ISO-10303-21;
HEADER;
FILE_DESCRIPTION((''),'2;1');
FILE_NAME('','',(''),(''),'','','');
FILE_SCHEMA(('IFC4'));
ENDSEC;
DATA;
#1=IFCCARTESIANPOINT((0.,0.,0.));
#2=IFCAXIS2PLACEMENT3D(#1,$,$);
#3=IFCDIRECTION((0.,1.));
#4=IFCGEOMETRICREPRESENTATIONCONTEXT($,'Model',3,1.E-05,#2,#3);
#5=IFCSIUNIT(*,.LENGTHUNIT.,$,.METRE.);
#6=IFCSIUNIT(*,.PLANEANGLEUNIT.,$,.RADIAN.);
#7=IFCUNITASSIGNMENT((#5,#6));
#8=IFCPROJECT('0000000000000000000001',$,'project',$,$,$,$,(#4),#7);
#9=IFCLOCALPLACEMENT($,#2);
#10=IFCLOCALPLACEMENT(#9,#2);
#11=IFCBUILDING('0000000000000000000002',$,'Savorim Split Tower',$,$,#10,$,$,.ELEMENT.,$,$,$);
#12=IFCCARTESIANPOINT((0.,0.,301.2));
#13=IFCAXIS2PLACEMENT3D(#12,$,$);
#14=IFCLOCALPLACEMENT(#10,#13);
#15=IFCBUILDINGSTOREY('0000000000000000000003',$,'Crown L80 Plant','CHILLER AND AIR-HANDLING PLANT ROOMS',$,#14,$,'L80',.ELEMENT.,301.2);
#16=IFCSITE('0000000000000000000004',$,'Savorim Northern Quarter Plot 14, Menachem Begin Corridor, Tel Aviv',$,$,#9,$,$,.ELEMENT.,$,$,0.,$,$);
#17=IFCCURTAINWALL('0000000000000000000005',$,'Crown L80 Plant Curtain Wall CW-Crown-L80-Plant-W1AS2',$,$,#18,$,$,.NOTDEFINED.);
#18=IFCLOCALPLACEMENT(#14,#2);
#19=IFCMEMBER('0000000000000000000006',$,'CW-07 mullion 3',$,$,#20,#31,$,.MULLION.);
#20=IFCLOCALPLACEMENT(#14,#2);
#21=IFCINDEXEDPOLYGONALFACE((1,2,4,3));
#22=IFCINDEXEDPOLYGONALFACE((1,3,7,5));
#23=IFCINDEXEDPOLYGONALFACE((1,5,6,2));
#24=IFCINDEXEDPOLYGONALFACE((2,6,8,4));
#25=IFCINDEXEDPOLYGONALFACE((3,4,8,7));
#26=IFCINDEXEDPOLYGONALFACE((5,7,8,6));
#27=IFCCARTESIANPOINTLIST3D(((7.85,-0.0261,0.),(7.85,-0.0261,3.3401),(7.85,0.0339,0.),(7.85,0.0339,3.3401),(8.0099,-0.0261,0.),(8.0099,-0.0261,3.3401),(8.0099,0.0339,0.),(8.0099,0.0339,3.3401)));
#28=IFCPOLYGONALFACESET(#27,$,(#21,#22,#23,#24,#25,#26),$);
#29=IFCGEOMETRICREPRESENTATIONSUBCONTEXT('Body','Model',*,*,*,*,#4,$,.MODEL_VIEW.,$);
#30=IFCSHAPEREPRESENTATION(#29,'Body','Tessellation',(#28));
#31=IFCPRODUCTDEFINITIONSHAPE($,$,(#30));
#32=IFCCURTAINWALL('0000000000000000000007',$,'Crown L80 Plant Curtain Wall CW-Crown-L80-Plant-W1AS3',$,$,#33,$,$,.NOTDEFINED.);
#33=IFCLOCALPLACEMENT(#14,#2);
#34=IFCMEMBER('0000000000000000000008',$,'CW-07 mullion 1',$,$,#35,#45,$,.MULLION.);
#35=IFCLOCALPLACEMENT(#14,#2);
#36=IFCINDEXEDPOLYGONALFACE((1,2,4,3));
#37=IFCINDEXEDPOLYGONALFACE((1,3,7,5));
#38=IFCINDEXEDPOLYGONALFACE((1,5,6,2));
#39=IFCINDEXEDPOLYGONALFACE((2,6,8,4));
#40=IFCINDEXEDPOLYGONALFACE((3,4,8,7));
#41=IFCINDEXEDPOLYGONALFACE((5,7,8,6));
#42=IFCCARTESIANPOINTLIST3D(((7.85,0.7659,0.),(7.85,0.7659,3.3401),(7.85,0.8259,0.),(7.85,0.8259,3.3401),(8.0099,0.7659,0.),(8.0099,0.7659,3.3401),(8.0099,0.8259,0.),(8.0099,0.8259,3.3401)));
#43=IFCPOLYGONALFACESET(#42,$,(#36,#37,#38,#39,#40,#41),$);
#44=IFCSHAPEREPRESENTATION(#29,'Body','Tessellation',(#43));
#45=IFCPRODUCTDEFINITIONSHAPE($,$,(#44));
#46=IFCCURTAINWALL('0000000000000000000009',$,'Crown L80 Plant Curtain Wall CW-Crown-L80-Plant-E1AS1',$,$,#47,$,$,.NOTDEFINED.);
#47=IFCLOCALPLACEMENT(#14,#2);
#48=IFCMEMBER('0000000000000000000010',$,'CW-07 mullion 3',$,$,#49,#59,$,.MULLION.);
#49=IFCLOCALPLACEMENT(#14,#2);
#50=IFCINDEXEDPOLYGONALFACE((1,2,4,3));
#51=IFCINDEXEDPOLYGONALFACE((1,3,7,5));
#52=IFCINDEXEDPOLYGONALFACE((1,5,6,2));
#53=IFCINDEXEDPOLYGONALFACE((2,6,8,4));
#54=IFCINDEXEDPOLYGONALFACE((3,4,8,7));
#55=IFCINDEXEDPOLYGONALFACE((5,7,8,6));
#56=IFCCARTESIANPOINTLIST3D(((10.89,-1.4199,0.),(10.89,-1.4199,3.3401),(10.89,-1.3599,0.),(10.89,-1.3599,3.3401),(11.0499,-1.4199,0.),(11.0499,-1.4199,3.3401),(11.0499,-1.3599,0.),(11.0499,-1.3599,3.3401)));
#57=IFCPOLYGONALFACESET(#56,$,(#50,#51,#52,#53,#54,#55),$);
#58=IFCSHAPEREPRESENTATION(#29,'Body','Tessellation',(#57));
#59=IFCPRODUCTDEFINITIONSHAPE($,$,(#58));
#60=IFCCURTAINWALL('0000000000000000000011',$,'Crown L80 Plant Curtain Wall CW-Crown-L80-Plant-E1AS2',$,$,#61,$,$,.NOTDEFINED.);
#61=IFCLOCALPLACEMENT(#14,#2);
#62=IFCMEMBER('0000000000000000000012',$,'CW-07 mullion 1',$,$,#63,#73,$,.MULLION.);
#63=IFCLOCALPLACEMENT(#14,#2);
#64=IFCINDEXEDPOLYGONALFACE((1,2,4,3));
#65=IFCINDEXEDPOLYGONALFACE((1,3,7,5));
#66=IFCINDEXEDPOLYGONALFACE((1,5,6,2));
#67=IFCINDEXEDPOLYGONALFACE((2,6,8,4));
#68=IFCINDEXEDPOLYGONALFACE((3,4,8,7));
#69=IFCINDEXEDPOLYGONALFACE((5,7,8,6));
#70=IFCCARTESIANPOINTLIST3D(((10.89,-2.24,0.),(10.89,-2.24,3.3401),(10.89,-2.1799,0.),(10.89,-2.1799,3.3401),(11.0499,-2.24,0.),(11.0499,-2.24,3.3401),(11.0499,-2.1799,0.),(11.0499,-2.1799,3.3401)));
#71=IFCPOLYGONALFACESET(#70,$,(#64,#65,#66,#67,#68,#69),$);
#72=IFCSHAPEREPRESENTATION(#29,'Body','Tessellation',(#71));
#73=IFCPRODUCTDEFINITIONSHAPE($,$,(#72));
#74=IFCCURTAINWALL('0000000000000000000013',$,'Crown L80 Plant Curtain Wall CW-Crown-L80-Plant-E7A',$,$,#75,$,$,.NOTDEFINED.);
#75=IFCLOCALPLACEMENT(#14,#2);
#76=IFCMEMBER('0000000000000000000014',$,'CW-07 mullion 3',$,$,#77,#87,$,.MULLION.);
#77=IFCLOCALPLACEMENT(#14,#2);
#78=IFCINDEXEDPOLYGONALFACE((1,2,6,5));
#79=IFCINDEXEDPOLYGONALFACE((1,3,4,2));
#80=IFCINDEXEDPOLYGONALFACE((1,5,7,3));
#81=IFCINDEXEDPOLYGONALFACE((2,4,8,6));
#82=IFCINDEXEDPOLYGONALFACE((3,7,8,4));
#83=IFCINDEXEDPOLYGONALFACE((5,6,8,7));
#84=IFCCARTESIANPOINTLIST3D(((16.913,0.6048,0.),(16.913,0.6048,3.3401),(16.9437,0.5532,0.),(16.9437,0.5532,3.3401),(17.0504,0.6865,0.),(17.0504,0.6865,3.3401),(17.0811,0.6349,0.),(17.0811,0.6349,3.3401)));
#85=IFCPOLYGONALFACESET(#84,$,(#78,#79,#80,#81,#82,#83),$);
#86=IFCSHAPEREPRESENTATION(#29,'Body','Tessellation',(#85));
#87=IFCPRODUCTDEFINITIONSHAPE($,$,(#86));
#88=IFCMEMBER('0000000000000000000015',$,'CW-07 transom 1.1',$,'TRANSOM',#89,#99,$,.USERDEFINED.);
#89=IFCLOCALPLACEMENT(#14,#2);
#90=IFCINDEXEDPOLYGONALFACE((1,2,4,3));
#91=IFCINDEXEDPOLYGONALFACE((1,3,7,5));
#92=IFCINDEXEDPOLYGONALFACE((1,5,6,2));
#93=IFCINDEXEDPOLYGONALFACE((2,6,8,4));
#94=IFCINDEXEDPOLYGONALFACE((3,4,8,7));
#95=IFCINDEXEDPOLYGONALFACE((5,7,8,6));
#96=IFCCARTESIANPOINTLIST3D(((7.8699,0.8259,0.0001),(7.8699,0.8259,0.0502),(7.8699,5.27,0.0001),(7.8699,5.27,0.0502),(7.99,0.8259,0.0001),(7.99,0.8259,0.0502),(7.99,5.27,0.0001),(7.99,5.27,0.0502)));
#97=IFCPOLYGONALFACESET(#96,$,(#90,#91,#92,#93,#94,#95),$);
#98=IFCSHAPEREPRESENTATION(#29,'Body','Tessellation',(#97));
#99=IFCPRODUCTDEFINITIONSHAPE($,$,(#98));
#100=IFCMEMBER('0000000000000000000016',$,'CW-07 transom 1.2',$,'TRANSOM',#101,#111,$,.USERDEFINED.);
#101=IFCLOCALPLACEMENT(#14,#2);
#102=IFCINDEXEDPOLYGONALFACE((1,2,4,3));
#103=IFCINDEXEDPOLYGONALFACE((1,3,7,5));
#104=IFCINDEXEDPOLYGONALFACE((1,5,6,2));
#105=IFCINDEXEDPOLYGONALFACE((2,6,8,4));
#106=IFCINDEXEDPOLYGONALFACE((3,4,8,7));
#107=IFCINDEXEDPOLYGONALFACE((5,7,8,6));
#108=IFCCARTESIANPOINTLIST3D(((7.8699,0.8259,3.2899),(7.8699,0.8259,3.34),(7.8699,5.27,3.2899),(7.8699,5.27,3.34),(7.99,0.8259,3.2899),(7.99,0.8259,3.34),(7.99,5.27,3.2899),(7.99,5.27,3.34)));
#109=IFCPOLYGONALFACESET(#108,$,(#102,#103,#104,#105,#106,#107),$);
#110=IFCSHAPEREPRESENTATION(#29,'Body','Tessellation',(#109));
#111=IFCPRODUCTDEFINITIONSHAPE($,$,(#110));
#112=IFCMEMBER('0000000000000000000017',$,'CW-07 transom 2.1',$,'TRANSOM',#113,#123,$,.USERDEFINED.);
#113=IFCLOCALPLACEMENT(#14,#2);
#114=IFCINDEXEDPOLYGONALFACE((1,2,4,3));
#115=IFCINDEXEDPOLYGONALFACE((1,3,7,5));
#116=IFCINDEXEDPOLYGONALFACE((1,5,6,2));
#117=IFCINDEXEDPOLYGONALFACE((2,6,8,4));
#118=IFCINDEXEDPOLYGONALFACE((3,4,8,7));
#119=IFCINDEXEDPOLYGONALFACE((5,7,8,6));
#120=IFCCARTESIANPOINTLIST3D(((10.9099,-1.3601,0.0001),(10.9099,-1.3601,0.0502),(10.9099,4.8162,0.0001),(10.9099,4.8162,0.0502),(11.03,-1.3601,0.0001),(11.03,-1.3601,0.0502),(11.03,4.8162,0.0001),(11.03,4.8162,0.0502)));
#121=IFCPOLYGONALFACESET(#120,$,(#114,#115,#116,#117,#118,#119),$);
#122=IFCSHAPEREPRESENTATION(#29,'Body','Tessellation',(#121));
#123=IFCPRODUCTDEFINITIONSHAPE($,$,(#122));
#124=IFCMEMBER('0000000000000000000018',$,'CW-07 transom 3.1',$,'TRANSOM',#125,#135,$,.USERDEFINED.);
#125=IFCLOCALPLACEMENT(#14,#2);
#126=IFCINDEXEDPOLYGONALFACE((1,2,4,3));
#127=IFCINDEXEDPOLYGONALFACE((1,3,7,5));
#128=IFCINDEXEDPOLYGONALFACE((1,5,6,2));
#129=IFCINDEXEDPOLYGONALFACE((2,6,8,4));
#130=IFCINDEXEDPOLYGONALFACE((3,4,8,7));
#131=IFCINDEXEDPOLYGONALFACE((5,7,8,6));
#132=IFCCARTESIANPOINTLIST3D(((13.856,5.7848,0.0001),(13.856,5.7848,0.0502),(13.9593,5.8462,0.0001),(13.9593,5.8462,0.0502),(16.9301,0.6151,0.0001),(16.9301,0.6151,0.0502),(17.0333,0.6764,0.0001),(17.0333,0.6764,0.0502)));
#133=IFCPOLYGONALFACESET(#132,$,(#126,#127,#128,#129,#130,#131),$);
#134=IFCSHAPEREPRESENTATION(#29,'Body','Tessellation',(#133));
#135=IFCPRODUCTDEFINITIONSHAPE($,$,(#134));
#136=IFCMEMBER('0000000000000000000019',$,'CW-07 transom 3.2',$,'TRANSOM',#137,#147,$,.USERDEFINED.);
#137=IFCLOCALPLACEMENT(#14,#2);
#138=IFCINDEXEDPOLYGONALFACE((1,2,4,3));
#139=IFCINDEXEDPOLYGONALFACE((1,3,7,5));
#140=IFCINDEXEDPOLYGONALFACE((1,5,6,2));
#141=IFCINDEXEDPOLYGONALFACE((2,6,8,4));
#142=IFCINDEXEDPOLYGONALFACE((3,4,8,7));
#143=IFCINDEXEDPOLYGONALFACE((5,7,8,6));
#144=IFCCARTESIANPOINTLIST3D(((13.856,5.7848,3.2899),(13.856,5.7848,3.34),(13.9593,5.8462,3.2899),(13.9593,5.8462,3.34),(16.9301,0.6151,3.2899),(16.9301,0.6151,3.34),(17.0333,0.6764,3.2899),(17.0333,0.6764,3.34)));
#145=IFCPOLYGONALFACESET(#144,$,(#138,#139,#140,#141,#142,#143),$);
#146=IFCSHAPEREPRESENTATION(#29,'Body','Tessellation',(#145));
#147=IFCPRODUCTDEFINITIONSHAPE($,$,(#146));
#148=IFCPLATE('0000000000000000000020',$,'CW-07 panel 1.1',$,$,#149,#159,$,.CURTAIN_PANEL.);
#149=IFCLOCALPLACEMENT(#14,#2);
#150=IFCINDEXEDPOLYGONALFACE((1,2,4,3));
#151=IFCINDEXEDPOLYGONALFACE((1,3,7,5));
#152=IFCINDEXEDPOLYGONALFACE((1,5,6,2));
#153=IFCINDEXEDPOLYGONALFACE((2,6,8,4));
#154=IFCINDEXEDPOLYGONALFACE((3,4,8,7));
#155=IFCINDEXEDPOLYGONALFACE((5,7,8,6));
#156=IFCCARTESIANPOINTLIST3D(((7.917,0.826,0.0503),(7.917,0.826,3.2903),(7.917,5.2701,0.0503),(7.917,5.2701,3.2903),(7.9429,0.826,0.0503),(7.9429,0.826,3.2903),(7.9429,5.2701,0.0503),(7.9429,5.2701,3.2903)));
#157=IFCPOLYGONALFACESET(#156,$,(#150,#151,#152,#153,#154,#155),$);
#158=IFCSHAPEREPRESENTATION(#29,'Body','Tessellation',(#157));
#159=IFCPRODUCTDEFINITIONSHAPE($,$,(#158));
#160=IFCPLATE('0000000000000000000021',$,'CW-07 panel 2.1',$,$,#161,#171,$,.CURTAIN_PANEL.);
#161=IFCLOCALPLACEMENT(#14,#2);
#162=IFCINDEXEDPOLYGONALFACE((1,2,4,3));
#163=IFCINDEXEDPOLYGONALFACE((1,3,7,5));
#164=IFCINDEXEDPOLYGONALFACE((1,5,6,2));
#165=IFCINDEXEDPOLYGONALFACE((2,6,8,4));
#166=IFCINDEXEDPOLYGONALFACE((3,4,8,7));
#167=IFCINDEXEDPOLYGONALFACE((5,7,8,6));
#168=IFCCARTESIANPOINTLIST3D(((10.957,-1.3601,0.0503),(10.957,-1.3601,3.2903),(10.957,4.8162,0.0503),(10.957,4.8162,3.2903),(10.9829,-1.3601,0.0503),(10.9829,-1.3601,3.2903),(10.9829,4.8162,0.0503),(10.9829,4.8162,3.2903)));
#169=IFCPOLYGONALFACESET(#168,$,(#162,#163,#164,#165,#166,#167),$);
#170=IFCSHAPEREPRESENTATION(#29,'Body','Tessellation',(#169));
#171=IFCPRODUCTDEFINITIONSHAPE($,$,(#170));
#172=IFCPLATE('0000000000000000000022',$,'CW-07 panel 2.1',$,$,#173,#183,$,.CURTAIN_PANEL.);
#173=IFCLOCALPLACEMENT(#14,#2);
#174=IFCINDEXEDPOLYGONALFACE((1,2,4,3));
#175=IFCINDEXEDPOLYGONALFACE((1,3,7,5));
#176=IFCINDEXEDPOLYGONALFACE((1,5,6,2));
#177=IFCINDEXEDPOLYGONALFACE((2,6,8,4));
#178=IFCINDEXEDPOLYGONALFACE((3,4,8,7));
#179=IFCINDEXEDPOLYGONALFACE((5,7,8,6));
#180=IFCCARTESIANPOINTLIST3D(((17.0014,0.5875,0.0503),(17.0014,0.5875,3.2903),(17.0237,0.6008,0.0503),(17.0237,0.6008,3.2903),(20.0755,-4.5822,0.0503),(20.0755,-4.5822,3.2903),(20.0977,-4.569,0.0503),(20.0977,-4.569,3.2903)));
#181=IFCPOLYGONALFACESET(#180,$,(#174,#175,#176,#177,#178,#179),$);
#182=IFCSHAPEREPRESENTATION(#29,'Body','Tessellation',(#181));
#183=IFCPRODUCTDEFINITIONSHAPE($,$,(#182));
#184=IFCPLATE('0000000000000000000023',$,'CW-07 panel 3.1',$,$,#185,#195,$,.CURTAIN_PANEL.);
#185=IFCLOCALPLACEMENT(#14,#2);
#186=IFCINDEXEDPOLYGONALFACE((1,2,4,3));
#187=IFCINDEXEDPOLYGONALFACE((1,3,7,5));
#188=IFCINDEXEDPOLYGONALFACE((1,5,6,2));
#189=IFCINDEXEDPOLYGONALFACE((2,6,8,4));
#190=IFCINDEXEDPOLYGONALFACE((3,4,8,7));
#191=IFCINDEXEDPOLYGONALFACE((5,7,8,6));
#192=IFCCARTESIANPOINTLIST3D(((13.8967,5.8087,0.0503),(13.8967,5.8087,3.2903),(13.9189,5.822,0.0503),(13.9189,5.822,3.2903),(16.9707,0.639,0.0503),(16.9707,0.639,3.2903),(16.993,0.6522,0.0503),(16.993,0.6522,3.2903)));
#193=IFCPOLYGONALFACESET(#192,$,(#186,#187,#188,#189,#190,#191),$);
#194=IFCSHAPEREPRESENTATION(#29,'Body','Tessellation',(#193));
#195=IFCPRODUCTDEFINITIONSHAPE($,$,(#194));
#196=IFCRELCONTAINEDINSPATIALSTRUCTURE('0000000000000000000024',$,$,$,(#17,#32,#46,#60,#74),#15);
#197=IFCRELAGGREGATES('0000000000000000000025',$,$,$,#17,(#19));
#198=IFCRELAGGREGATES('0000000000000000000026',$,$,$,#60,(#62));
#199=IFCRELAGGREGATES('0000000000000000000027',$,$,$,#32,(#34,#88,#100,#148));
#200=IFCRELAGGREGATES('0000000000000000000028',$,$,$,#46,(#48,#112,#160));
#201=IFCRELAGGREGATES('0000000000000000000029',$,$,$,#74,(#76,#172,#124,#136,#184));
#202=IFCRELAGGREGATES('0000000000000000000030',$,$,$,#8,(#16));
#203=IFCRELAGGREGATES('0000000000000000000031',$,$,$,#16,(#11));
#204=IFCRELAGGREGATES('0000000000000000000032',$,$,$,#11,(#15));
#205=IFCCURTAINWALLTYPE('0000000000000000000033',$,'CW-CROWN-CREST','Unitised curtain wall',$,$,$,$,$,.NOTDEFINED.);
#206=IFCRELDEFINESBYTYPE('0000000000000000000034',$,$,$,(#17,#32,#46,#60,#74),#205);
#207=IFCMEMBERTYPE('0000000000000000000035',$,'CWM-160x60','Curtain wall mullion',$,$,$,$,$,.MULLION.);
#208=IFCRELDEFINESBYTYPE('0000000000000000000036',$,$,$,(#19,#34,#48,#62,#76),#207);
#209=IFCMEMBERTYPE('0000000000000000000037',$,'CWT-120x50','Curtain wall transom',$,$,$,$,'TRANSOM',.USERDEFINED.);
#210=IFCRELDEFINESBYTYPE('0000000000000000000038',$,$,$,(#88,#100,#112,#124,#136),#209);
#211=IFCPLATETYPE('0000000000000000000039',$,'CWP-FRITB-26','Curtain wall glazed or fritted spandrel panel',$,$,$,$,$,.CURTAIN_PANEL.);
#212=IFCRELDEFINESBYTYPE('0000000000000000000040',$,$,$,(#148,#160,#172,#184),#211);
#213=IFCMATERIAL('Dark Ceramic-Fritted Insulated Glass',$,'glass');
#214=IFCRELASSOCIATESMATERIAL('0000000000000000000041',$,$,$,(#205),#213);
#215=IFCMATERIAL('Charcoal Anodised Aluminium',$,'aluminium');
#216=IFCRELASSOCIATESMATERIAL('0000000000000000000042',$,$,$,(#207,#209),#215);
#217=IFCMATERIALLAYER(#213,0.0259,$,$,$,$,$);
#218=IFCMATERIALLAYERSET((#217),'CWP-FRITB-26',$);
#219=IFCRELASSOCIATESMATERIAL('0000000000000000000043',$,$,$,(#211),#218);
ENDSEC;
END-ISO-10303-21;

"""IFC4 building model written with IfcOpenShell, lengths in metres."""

from ifc_helpers import new_model, si_unit, direction, frame, origin, origin_2d, place, context, subcontext, project, spatial, rectangle, extrude, material, layer, layer_set, material_profile, profile_set, type_object, element, aggregate, save


model = new_model("IFC4")

# Units and contexts
model_context = context("Model", 3, precision=1e-05, world=origin(), true_north=direction((0.0, 1.0)))
body_context = subcontext(model_context, "Body", "Model", "MODEL_VIEW")
ifc_project = project(units=[si_unit("LENGTHUNIT", "METRE"), si_unit("PLANEANGLEUNIT", "RADIAN")], contexts=[model_context])

# Site, building, storey
site_placement = place(None, origin())
site = spatial("IfcSite", under=ifc_project, at=site_placement, Name="Savorim Northern Quarter Plot 14, Menachem Begin Corridor, Tel Aviv", CompositionType="ELEMENT", RefElevation=0.0)
building_placement = place(site_placement, origin())
building = spatial("IfcBuilding", under=site, at=building_placement, Name="Savorim Split Tower", CompositionType="ELEMENT")
storey_placement = place(building_placement, frame((0.0, 0.0, 301.2)))
storey = spatial("IfcBuildingStorey", under=building, at=storey_placement, Name="Crown L80 Plant", Description="CHILLER AND AIR-HANDLING PLANT ROOMS", LongName="L80", CompositionType="ELEMENT", Elevation=301.2)

# Curtain walls, members
ifc_material_1 = material(Name="Dark Ceramic-Fritted Insulated Glass", Category="glass")
curtain_wall_type = type_object("IfcCurtainWallType", Name="CW-CROWN-CREST", Description="Unitised curtain wall", PredefinedType="NOTDEFINED", material=ifc_material_1)
curtain_wall_1_placement = place(storey_placement, origin())
curtain_wall_1 = element("IfcCurtainWall", 1, at=curtain_wall_1_placement, inside=storey, type_object=curtain_wall_type, Name="Crown L80 Plant Curtain Wall CW-Crown-L80-Plant-W1AS2", PredefinedType="NOTDEFINED")
ifc_material_2 = material(Name="Charcoal Anodised Aluminium", Category="aluminium")
ifc_material_profile_1 = material_profile(ifc_material_2, rectangle(XDim=0.1599, YDim=0.0601, at=origin_2d()), Name="ALU-M 160x60")
ifc_profile_set_1 = profile_set([ifc_material_profile_1], Name="Charcoal Anodised Aluminium")
member_type_1 = type_object("IfcMemberType", Name="CWM-160x60", Description="Curtain wall mullion", PredefinedType="MULLION", material=ifc_profile_set_1)
member_1_placement = place(storey_placement, frame((7.9299, 0.0039, 0.0), z_axis=(0.0, 0.0, 1.0), x_axis=(-1.0, 0.0, 0.0)))
member_1 = element("IfcMember", 2, at=member_1_placement, type_object=member_type_1, Name="CW-07 mullion 3", PredefinedType="MULLION", context=body_context, shape_type="SweptSolid", body=[
    extrude(rectangle(XDim=0.1599, YDim=0.0601, at=origin_2d()), origin(), (0.0, 0.0, 1.0), 3.3401),
])
aggregate(curtain_wall_1, [member_1])
curtain_wall_2_placement = place(storey_placement, origin())
curtain_wall_2 = element("IfcCurtainWall", 3, at=curtain_wall_2_placement, inside=storey, type_object=curtain_wall_type, Name="Crown L80 Plant Curtain Wall CW-Crown-L80-Plant-W1AS3", PredefinedType="NOTDEFINED")
member_2_placement = place(storey_placement, frame((7.9299, 0.7959, 0.0), z_axis=(0.0, 0.0, 1.0), x_axis=(-1.0, 0.0, 0.0)))
member_2 = element("IfcMember", 4, at=member_2_placement, type_object=member_type_1, Name="CW-07 mullion 1", PredefinedType="MULLION", context=body_context, shape_type="SweptSolid", body=[
    extrude(rectangle(XDim=0.1599, YDim=0.0601, at=origin_2d()), origin(), (0.0, 0.0, 1.0), 3.3401),
])
curtain_wall_3_placement = place(storey_placement, origin())
curtain_wall_3 = element("IfcCurtainWall", 5, at=curtain_wall_3_placement, inside=storey, type_object=curtain_wall_type, Name="Crown L80 Plant Curtain Wall CW-Crown-L80-Plant-E1AS1", PredefinedType="NOTDEFINED")
member_3_placement = place(storey_placement, frame((10.97, -1.3899, 0.0), z_axis=(0.0, 0.0, 1.0), x_axis=(1.0, 0.0, 0.0)))
member_3 = element("IfcMember", 6, at=member_3_placement, type_object=member_type_1, Name="CW-07 mullion 3", PredefinedType="MULLION", context=body_context, shape_type="SweptSolid", body=[
    extrude(rectangle(XDim=0.1599, YDim=0.0601, at=origin_2d()), origin(), (0.0, 0.0, 1.0), 3.3401),
])
curtain_wall_4_placement = place(storey_placement, origin())
curtain_wall_4 = element("IfcCurtainWall", 7, at=curtain_wall_4_placement, inside=storey, type_object=curtain_wall_type, Name="Crown L80 Plant Curtain Wall CW-Crown-L80-Plant-E1AS2", PredefinedType="NOTDEFINED")
member_4_placement = place(storey_placement, frame((10.97, -2.21, 0.0), z_axis=(0.0, 0.0, 1.0), x_axis=(1.0, 0.0, 0.0)))
member_4 = element("IfcMember", 8, at=member_4_placement, type_object=member_type_1, Name="CW-07 mullion 1", PredefinedType="MULLION", context=body_context, shape_type="SweptSolid", body=[
    extrude(rectangle(XDim=0.1599, YDim=0.0601, at=origin_2d()), origin(), (0.0, 0.0, 1.0), 3.3401),
])
aggregate(curtain_wall_4, [member_4])
curtain_wall_5_placement = place(storey_placement, origin())
curtain_wall_5 = element("IfcCurtainWall", 9, at=curtain_wall_5_placement, inside=storey, type_object=curtain_wall_type, Name="Crown L80 Plant Curtain Wall CW-Crown-L80-Plant-E7A", PredefinedType="NOTDEFINED")
member_5_placement = place(storey_placement, frame((16.9971, 0.6199, 0.0), z_axis=(0.0, 0.0, 1.0), x_axis=(-0.859524, -0.511095, 0.0)))
member_5 = element("IfcMember", 10, at=member_5_placement, type_object=member_type_1, Name="CW-07 mullion 3", PredefinedType="MULLION", context=body_context, shape_type="SweptSolid", body=[
    extrude(rectangle(XDim=0.1599, YDim=0.0601, at=origin_2d()), origin(), (0.0, 0.0, 1.0), 3.3401),
])

# Members
ifc_material_profile_2 = material_profile(ifc_material_2, rectangle(XDim=0.1201, YDim=0.05, at=origin_2d()), Name="ALU-T 120x50")
ifc_profile_set_2 = profile_set([ifc_material_profile_2], Name="Charcoal Anodised Aluminium")
member_type_2 = type_object("IfcMemberType", Name="CWT-120x50", Description="Curtain wall transom", ElementType="TRANSOM", PredefinedType="USERDEFINED", material=ifc_profile_set_2)
member_6_placement = place(storey_placement, frame((7.9299, 0.8259, 0.0251), z_axis=(0.0, 1.0, 0.0), x_axis=(-1.0, 0.0, 0.0)))
member_6 = element("IfcMember", 11, at=member_6_placement, type_object=member_type_2, Name="CW-07 transom 1.1", ObjectType="TRANSOM", PredefinedType="USERDEFINED", context=body_context, shape_type="SweptSolid", body=[
    extrude(rectangle(XDim=0.1201, YDim=0.05, at=origin_2d()), origin(), (0.0, 0.0, 1.0), 4.4441),
])
member_7_placement = place(storey_placement, frame((7.9299, 0.8259, 3.3149), z_axis=(0.0, 1.0, 0.0), x_axis=(-1.0, 0.0, 0.0)))
member_7 = element("IfcMember", 12, at=member_7_placement, type_object=member_type_2, Name="CW-07 transom 1.2", ObjectType="TRANSOM", PredefinedType="USERDEFINED", context=body_context, shape_type="SweptSolid", body=[
    extrude(rectangle(XDim=0.1201, YDim=0.05, at=origin_2d()), origin(), (0.0, 0.0, 1.0), 4.4441),
])
member_8_placement = place(storey_placement, frame((10.97, 4.8162, 0.0251), z_axis=(0.0, -1.0, 0.0), x_axis=(1.0, 0.0, 0.0)))
member_8 = element("IfcMember", 13, at=member_8_placement, type_object=member_type_2, Name="CW-07 transom 2.1", ObjectType="TRANSOM", PredefinedType="USERDEFINED", context=body_context, shape_type="SweptSolid", body=[
    extrude(rectangle(XDim=0.1201, YDim=0.05, at=origin_2d()), origin(), (0.0, 0.0, 1.0), 6.1763),
])
member_9_placement = place(storey_placement, frame((16.9817, 0.6458, 0.0251), z_axis=(-0.511089, 0.859528, 0.0), x_axis=(-0.859528, -0.511089, 0.0)))
member_9 = element("IfcMember", 14, at=member_9_placement, type_object=member_type_2, Name="CW-07 transom 3.1", ObjectType="TRANSOM", PredefinedType="USERDEFINED", context=body_context, shape_type="SweptSolid", body=[
    extrude(rectangle(XDim=0.1201, YDim=0.05, at=origin_2d()), origin(), (0.0, 0.0, 1.0), 6.0146),
])
member_10_placement = place(storey_placement, frame((16.9817, 0.6458, 3.3149), z_axis=(-0.511089, 0.859528, 0.0), x_axis=(-0.859528, -0.511089, 0.0)))
member_10 = element("IfcMember", 15, at=member_10_placement, type_object=member_type_2, Name="CW-07 transom 3.2", ObjectType="TRANSOM", PredefinedType="USERDEFINED", context=body_context, shape_type="SweptSolid", body=[
    extrude(rectangle(XDim=0.1201, YDim=0.05, at=origin_2d()), origin(), (0.0, 0.0, 1.0), 6.0146),
])

# Plates
ifc_layer_1 = layer(ifc_material_1, 0.0259)
ifc_layer_set_1 = layer_set([ifc_layer_1], Name="CWP-FRITB-26")
plate_type_1 = type_object("IfcPlateType", Name="CWP-FRITB-26", Description="Curtain wall glazed or fritted spandrel panel", PredefinedType="CURTAIN_PANEL", material=ifc_layer_set_1)
plate_1_placement = place(storey_placement, frame((7.9299, 3.0481, 0.0503), z_axis=(0.0, 0.0, 1.0), x_axis=(0.0, 1.0, 0.0)))
plate_1 = element("IfcPlate", 16, at=plate_1_placement, type_object=plate_type_1, Name="CW-07 panel 1.1", PredefinedType="CURTAIN_PANEL", context=body_context, shape_type="SweptSolid", body=[
    extrude(rectangle(XDim=4.4441, YDim=0.0259, at=origin_2d()), origin(), (0.0, 0.0, 1.0), 3.24),
])
aggregate(curtain_wall_2, [member_2, member_6, member_7, plate_1])
plate_2_placement = place(storey_placement, frame((10.97, 1.728, 0.0503), z_axis=(0.0, 0.0, 1.0), x_axis=(0.0, -1.0, 0.0)))
plate_2 = element("IfcPlate", 17, at=plate_2_placement, type_object=plate_type_1, Name="CW-07 panel 2.1", PredefinedType="CURTAIN_PANEL", context=body_context, shape_type="SweptSolid", body=[
    extrude(rectangle(XDim=6.1763, YDim=0.0259, at=origin_2d()), origin(), (0.0, 0.0, 1.0), 3.24),
])
aggregate(curtain_wall_3, [member_3, member_8, plate_2])
plate_3_placement = place(storey_placement, frame((18.5496, -1.9907, 0.0503), z_axis=(0.0, 0.0, 1.0), x_axis=(-0.511095, 0.859524, 0.0)))
plate_3 = element("IfcPlate", 18, at=plate_3_placement, type_object=plate_type_1, Name="CW-07 panel 2.1", PredefinedType="CURTAIN_PANEL", context=body_context, shape_type="SweptSolid", body=[
    extrude(rectangle(XDim=6.0146, YDim=0.0259, at=origin_2d()), origin(), (0.0, 0.0, 1.0), 3.24),
])
plate_4_placement = place(storey_placement, frame((15.4448, 3.2305, 0.0503), z_axis=(0.0, 0.0, 1.0), x_axis=(-0.511095, 0.859524, 0.0)))
plate_4 = element("IfcPlate", 19, at=plate_4_placement, type_object=plate_type_1, Name="CW-07 panel 3.1", PredefinedType="CURTAIN_PANEL", context=body_context, shape_type="SweptSolid", body=[
    extrude(rectangle(XDim=6.0146, YDim=0.0259, at=origin_2d()), origin(), (0.0, 0.0, 1.0), 3.24),
])
aggregate(curtain_wall_5, [member_5, plate_3, member_9, member_10, plate_4])

save(model, "model.ifc")
